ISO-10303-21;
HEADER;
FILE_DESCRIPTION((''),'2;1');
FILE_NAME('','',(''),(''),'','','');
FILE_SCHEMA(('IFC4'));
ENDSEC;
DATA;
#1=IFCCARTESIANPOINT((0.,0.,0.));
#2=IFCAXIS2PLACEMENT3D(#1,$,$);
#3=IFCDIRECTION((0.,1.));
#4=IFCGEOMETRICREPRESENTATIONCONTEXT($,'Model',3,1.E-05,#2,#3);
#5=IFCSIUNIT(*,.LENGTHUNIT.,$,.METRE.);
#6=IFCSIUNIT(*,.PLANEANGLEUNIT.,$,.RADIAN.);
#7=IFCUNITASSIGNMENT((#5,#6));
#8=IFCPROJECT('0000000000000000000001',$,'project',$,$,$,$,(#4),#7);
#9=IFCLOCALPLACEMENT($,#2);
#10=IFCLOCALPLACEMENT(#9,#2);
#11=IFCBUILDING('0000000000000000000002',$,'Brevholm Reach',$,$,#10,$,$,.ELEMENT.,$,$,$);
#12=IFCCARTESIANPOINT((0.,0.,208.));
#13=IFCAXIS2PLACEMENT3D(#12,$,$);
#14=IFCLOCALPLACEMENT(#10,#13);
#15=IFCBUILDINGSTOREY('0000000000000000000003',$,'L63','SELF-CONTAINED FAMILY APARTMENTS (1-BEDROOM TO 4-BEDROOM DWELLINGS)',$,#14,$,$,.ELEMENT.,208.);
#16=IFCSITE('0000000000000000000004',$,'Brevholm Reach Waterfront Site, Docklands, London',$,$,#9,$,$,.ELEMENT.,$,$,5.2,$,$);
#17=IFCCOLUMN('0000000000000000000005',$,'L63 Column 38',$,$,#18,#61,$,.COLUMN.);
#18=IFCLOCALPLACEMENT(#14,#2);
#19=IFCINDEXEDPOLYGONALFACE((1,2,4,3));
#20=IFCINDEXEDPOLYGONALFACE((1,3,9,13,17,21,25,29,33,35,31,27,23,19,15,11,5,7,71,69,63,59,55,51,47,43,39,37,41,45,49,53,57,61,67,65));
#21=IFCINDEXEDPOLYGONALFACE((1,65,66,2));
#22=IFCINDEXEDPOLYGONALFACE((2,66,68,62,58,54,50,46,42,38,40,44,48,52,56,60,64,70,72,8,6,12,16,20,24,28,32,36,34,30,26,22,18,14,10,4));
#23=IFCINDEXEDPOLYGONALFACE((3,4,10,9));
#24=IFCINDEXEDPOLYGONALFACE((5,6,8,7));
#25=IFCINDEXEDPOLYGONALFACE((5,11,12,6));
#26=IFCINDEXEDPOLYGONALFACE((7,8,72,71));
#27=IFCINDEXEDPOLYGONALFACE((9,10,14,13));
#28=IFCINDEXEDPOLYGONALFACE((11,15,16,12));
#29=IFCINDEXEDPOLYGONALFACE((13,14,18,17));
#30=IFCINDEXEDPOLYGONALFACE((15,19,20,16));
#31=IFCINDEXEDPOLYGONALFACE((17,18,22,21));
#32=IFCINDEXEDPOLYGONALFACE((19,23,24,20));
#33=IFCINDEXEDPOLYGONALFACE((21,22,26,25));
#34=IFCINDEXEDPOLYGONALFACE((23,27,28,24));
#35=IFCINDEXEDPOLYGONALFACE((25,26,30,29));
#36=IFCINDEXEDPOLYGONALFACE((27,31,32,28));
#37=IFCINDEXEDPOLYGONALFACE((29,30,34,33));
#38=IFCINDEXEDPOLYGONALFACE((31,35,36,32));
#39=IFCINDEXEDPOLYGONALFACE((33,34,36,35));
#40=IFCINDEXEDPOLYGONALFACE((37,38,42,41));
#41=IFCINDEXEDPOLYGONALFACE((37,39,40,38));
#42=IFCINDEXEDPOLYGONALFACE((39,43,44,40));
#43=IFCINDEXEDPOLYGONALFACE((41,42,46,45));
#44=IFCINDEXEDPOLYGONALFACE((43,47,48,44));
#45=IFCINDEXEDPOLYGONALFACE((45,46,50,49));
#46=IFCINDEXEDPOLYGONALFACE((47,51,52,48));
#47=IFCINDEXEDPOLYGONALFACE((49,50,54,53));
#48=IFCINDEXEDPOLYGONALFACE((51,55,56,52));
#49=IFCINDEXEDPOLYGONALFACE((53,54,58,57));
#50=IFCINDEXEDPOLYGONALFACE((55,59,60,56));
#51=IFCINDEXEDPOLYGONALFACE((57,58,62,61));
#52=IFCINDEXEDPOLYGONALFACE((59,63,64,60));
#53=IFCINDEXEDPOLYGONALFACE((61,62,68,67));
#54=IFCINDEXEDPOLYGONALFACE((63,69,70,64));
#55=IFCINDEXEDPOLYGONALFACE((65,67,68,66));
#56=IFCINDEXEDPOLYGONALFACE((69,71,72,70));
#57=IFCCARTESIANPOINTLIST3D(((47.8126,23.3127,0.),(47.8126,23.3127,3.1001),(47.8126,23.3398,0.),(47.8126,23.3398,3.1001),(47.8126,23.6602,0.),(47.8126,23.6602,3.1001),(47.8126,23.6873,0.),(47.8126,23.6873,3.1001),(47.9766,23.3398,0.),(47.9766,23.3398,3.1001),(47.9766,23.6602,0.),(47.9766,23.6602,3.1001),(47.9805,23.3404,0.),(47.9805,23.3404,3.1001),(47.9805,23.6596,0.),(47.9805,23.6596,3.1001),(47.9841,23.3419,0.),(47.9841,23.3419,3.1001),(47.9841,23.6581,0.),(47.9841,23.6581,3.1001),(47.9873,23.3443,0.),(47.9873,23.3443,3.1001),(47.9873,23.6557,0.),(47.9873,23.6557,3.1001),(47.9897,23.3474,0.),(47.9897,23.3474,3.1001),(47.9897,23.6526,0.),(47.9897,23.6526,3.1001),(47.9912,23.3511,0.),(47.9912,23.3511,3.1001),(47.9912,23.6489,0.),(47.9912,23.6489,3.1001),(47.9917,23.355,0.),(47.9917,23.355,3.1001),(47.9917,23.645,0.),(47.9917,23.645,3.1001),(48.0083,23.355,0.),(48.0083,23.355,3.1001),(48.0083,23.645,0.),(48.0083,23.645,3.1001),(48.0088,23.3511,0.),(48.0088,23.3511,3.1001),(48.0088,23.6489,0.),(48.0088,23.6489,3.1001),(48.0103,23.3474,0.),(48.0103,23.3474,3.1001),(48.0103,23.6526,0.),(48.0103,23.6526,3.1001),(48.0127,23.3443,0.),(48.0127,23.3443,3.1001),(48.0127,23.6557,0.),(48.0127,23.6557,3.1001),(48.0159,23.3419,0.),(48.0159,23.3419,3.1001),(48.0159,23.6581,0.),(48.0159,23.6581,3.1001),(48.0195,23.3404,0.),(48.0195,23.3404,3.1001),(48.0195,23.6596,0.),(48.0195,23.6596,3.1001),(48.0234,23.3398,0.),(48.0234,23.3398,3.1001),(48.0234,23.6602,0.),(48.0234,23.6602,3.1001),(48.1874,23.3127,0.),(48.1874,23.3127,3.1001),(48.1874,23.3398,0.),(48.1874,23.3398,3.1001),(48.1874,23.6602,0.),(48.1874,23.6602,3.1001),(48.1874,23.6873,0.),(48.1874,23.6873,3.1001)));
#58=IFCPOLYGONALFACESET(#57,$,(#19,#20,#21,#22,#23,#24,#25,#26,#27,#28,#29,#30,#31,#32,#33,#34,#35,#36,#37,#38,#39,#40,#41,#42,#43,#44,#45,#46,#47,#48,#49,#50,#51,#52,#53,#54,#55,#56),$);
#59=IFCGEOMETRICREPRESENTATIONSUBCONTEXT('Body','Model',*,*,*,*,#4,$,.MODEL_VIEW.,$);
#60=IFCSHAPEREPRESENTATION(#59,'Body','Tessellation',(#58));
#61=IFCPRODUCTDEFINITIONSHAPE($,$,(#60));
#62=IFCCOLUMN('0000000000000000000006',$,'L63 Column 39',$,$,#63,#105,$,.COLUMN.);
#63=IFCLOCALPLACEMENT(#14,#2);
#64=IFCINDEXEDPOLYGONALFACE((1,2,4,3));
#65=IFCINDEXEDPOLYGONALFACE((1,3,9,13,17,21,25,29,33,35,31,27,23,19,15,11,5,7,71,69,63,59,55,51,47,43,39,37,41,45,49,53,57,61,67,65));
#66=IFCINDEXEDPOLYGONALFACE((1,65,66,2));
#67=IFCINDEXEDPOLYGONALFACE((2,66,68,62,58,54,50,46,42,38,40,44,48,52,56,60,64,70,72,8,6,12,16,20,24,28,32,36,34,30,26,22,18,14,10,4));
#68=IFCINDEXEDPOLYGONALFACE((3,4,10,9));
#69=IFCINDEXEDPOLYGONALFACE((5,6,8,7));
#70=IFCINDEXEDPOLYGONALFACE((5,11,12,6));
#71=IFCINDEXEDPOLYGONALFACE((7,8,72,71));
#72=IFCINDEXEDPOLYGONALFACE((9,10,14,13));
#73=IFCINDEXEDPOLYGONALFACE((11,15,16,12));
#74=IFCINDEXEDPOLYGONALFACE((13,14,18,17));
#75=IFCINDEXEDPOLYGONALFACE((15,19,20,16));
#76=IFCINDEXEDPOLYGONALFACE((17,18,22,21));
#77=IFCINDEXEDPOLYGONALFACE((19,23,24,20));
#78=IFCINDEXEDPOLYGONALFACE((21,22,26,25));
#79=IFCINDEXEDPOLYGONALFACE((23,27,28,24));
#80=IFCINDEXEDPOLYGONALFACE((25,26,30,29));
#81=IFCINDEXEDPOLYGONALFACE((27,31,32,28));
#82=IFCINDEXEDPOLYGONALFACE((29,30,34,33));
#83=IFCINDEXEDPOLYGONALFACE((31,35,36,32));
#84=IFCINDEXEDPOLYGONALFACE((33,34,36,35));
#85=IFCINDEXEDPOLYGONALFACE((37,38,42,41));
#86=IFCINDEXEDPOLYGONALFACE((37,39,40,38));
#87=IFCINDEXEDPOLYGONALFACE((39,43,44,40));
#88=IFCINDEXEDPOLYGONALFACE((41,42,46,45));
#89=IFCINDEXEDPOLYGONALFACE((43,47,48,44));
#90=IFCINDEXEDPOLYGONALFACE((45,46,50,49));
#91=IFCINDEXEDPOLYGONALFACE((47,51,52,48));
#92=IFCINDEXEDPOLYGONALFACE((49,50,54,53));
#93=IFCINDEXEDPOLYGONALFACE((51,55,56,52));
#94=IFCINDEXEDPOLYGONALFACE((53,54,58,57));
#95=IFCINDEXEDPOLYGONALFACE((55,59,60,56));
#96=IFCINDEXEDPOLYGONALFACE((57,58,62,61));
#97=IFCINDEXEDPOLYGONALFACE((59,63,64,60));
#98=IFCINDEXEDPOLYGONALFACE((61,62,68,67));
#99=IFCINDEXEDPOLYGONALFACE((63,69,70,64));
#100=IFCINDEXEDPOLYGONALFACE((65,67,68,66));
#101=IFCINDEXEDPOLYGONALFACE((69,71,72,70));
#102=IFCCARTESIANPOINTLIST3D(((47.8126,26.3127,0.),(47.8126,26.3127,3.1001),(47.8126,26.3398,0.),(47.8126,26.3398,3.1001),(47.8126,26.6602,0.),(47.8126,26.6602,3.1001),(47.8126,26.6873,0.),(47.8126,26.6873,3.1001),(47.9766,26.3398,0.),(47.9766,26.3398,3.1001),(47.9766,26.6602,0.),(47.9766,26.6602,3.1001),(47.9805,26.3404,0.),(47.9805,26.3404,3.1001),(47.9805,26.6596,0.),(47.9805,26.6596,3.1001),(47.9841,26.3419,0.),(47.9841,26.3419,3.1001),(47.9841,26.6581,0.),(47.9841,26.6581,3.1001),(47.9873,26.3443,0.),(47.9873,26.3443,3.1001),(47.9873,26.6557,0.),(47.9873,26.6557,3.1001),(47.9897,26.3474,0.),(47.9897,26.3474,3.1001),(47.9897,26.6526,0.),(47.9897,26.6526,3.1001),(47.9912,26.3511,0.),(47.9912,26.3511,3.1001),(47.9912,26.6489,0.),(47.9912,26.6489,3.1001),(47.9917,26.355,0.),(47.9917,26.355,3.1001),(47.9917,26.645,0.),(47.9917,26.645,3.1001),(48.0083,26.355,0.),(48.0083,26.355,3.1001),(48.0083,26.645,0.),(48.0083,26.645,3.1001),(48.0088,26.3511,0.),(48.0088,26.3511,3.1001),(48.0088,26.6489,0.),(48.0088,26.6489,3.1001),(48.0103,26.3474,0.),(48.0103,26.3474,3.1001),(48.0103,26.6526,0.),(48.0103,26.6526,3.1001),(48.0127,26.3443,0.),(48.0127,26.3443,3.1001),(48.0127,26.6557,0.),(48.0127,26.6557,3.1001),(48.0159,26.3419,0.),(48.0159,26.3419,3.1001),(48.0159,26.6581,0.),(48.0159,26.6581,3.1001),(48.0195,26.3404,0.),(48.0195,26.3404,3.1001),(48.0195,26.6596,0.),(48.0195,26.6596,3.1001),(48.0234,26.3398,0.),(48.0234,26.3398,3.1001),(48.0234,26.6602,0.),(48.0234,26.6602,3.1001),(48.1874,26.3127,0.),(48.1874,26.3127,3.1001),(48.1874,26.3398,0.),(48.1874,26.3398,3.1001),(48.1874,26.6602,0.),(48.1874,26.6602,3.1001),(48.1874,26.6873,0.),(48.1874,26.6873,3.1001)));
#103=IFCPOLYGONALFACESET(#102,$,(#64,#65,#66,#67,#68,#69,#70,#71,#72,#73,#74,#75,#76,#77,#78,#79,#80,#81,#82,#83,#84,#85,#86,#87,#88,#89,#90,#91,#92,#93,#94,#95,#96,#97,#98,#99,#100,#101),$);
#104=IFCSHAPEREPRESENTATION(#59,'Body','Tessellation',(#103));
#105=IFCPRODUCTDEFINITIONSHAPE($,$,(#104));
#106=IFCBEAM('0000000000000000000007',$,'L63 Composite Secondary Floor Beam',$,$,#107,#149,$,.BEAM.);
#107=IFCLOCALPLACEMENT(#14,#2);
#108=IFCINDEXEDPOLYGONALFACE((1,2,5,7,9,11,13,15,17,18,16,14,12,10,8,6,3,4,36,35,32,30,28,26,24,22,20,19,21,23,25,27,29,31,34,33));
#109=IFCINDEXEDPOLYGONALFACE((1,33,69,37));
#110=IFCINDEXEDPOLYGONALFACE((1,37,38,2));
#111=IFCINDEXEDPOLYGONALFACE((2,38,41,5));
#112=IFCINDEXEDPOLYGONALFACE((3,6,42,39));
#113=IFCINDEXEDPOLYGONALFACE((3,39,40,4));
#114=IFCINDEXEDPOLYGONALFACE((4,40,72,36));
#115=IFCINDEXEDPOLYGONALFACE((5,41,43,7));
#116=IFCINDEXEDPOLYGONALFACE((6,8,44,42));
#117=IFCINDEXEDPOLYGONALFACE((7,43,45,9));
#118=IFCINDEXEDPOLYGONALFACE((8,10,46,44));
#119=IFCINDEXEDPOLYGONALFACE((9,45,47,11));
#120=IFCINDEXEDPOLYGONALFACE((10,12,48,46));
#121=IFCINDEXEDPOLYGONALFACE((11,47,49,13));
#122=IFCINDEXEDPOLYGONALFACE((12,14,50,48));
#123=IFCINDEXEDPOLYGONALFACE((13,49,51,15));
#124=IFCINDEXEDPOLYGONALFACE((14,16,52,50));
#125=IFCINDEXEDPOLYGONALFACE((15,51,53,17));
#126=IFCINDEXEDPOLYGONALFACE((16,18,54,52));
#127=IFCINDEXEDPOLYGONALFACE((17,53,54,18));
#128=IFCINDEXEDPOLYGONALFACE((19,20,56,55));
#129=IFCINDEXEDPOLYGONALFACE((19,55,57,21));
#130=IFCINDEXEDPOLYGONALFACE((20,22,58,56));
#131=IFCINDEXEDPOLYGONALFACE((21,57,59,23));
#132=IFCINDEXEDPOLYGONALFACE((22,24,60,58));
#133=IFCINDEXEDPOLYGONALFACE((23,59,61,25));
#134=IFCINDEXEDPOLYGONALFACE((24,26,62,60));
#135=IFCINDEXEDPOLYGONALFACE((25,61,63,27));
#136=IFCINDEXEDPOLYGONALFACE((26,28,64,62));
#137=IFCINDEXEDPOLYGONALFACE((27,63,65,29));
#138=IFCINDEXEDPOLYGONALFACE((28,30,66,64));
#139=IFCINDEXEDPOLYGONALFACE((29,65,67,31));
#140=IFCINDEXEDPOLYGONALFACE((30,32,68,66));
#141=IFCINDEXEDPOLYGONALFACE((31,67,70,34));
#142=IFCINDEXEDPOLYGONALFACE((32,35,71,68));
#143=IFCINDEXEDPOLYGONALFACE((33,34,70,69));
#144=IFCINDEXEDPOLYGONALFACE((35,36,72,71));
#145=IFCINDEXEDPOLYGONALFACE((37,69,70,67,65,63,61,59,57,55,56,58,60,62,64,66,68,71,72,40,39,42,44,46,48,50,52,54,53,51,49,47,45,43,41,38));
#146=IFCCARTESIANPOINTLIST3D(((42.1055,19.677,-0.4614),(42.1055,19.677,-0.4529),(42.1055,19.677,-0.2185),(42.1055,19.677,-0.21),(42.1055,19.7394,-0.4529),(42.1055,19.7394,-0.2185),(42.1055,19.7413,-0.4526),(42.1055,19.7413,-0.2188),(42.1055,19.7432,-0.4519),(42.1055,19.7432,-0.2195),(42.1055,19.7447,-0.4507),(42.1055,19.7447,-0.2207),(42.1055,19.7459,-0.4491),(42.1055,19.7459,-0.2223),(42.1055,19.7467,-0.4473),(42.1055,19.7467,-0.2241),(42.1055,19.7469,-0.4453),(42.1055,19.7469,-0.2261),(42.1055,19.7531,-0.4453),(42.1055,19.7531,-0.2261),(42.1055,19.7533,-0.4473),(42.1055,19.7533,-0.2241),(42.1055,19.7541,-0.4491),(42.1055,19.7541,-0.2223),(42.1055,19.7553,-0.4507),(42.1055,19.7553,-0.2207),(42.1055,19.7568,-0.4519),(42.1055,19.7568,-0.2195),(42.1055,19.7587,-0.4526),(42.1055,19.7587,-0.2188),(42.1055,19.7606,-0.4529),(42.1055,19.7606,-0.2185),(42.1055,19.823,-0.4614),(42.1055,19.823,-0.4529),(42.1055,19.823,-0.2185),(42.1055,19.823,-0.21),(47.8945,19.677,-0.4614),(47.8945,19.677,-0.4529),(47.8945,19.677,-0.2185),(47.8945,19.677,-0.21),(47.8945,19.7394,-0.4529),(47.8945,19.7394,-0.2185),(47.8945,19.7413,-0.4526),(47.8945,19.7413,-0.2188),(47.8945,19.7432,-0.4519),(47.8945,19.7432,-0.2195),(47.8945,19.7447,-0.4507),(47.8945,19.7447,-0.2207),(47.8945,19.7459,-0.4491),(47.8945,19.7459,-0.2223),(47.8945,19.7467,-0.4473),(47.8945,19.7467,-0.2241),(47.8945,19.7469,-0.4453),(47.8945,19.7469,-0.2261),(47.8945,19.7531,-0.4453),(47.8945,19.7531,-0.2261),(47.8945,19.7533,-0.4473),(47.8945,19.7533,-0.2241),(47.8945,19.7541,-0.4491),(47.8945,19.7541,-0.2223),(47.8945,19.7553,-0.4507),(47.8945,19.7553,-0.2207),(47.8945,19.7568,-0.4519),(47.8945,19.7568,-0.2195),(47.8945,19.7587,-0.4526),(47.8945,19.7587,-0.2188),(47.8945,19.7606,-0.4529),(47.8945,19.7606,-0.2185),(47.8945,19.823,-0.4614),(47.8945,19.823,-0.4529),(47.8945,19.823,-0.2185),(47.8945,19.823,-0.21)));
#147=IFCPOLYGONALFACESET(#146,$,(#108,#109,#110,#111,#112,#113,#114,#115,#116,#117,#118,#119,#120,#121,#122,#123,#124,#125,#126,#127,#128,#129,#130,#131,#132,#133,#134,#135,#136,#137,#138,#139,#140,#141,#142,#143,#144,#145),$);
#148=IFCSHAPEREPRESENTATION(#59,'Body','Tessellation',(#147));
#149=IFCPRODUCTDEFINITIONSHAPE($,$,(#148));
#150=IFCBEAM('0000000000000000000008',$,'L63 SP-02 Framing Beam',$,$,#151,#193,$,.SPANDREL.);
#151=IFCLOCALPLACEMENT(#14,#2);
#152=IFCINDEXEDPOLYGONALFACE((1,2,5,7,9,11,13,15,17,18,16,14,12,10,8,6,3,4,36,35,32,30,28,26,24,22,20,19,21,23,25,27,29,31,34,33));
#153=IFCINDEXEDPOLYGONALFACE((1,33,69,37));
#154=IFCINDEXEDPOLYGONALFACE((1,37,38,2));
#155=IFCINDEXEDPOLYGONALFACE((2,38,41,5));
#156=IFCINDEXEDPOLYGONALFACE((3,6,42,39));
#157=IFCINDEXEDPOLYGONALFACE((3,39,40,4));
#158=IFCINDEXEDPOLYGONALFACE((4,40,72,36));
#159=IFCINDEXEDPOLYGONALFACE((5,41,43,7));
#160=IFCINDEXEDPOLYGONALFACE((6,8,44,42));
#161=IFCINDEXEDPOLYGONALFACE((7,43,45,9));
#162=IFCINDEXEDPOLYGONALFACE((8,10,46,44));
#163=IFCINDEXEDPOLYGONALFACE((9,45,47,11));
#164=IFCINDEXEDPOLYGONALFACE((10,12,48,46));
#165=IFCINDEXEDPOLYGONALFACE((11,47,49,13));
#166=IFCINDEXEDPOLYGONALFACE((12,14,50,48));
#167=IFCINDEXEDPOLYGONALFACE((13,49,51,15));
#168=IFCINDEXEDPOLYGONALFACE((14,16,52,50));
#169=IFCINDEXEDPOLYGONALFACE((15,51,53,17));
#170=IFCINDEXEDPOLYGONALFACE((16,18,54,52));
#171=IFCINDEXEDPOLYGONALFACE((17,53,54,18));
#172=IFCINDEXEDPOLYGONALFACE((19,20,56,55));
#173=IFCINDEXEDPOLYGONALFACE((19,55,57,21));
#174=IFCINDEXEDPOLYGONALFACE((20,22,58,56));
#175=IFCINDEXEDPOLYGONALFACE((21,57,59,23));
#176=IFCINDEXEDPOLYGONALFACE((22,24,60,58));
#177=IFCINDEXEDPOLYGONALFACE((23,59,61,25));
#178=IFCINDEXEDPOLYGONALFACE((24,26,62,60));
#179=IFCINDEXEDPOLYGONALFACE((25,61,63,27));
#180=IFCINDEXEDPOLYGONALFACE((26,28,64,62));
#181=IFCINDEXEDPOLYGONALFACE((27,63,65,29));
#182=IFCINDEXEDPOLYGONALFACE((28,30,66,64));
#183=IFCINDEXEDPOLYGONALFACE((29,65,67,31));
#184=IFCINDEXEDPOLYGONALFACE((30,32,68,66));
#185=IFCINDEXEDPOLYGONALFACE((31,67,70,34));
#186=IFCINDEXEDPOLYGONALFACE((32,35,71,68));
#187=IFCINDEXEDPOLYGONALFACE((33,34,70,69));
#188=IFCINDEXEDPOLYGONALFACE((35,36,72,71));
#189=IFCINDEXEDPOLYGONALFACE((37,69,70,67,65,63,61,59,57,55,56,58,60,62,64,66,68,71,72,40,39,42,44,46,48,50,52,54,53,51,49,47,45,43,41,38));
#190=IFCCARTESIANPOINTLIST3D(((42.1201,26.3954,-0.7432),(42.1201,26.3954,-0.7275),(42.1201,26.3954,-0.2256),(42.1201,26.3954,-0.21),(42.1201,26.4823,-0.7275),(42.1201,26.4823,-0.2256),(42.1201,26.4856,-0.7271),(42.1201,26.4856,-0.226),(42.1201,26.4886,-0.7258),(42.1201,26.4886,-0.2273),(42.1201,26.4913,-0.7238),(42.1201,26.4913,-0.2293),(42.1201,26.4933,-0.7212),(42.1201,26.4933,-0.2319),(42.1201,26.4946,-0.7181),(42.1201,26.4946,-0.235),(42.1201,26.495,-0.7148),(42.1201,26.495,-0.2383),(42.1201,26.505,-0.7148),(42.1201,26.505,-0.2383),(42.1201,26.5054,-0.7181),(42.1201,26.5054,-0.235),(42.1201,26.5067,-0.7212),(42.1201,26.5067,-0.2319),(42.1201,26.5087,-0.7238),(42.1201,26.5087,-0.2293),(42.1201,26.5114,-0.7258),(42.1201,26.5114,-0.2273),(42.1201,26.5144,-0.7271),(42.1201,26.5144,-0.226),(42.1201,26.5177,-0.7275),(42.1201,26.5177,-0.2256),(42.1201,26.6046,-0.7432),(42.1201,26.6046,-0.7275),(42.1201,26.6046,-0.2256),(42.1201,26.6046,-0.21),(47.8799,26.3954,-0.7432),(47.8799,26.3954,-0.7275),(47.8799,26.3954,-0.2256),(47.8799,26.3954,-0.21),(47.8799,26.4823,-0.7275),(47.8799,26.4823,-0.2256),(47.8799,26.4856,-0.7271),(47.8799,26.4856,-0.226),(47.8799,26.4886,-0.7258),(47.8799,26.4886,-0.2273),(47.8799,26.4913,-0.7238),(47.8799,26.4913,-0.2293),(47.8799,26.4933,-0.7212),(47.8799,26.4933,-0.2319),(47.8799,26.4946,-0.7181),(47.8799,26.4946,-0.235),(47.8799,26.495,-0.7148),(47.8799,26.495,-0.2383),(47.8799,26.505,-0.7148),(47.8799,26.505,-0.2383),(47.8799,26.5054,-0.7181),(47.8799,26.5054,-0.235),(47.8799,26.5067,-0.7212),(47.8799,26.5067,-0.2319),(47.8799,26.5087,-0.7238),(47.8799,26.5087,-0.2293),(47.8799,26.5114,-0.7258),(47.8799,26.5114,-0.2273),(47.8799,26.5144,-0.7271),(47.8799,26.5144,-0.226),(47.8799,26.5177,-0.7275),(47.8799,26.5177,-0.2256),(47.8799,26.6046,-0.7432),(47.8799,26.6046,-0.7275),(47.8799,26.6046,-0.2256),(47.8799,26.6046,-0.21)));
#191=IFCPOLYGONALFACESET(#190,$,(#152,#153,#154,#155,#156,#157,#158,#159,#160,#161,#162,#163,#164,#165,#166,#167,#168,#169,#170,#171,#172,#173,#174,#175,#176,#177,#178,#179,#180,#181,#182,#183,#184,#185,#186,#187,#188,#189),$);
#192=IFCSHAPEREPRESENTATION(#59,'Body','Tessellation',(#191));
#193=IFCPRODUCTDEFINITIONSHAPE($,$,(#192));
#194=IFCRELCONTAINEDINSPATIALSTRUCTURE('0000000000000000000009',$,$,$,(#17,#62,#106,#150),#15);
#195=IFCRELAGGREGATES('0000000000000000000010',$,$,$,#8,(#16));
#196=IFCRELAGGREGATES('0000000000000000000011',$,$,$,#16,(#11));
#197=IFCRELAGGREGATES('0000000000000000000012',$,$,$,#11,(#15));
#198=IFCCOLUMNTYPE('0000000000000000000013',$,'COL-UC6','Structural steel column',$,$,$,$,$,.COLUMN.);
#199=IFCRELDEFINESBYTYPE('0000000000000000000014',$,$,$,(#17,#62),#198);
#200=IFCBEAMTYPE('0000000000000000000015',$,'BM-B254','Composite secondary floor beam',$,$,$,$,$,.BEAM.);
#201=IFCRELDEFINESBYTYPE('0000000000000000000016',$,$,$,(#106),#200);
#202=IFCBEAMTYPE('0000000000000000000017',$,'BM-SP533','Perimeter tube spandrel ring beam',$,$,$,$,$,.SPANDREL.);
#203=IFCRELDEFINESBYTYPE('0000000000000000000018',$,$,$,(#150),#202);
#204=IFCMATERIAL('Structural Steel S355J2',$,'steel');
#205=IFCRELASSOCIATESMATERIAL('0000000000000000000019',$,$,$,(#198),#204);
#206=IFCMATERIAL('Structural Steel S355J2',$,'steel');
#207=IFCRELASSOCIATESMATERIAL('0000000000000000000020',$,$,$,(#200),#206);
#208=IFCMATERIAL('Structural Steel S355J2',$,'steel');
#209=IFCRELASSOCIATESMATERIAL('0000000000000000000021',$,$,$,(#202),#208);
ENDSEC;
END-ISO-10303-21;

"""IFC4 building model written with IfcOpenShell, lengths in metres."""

from ifc_helpers import new_model, si_unit, direction, frame, origin, origin_2d, place, context, subcontext, project, spatial, i_section, extrude, material, material_profile, profile_set, type_object, element, save


model = new_model("IFC4")

# Units and contexts
model_context = context("Model", 3, precision=1e-05, world=origin(), true_north=direction((0.0, 1.0)))
body_context = subcontext(model_context, "Body", "Model", "MODEL_VIEW")
ifc_project = project(units=[si_unit("LENGTHUNIT", "METRE"), si_unit("PLANEANGLEUNIT", "RADIAN")], contexts=[model_context])

# Site, building, storey
site_placement = place(None, origin())
site = spatial("IfcSite", under=ifc_project, at=site_placement, Name="Brevholm Reach Waterfront Site, Docklands, London", CompositionType="ELEMENT", RefElevation=5.2)
building_placement = place(site_placement, origin())
building = spatial("IfcBuilding", under=site, at=building_placement, Name="Brevholm Reach", CompositionType="ELEMENT")
storey_placement = place(building_placement, frame((0.0, 0.0, 208.0)))
storey = spatial("IfcBuildingStorey", under=building, at=storey_placement, Name="L63", Description="SELF-CONTAINED FAMILY APARTMENTS (1-BEDROOM TO 4-BEDROOM DWELLINGS)", CompositionType="ELEMENT", Elevation=208.0)

# Columns
ifc_material_1 = material(Name="Structural Steel S355J2", Category="steel")
ifc_material_profile_1 = material_profile(ifc_material_1, i_section(OverallWidth=0.3748, OverallDepth=0.3745, WebThickness=0.0166, FlangeThickness=0.0271, FilletRadius=0.0151, at=origin_2d()), Name="UKC 356x368x202")
ifc_profile_set_1 = profile_set([ifc_material_profile_1], Name="Structural Steel S355J2")
column_type = type_object("IfcColumnType", Name="COL-UC6", Description="Structural steel column", PredefinedType="COLUMN", material=ifc_profile_set_1)
for number, where, z_axis, x_axis, name in (
    (1, (48.0, 23.5, 0.0), (0.0, 0.0, 1.0), (1.0, 0.0, 0.0), "L63 Column 38"),
    (2, (48.0, 26.5, 0.0), (0.0, 0.0, 1.0), (1.0, 0.0, 0.0), "L63 Column 39"),
):
    element("IfcColumn", number, at=place(storey_placement, frame(where, z_axis=z_axis, x_axis=x_axis)), inside=storey, type_object=column_type, Name=name, PredefinedType="COLUMN", context=body_context, shape_type="SweptSolid", body=[
        extrude(i_section(OverallWidth=0.3748, OverallDepth=0.3745, WebThickness=0.0166, FlangeThickness=0.0271, FilletRadius=0.0151, at=origin_2d()), origin(), (0.0, 0.0, 1.0), 3.1001),
    ])

# Beams
ifc_material_2 = material(Name="Structural Steel S355J2", Category="steel")
ifc_material_profile_2 = material_profile(ifc_material_2, i_section(OverallWidth=0.146, OverallDepth=0.2515, WebThickness=0.0061, FlangeThickness=0.0085, FilletRadius=0.0076, at=origin_2d()), Name="UKB 254x146x31")
ifc_profile_set_2 = profile_set([ifc_material_profile_2], Name="Structural Steel S355J2")
beam_type_1 = type_object("IfcBeamType", Name="BM-B254", Description="Composite secondary floor beam", PredefinedType="BEAM", material=ifc_profile_set_2)
beam_1_placement = place(storey_placement, frame((42.1055, 19.75, -0.3357), z_axis=(1.0, 0.0, 0.0), x_axis=(0.0, 1.0, 0.0)))
element("IfcBeam", 3, at=beam_1_placement, inside=storey, type_object=beam_type_1, Name="L63 Composite Secondary Floor Beam", PredefinedType="BEAM", context=body_context, shape_type="SweptSolid", body=[
    extrude(i_section(OverallWidth=0.146, OverallDepth=0.2515, WebThickness=0.0061, FlangeThickness=0.0085, FilletRadius=0.0076, at=origin_2d()), origin(), (0.0, 0.0, 1.0), 5.7891),
])
ifc_material_3 = material(Name="Structural Steel S355J2", Category="steel")
ifc_material_profile_3 = material_profile(ifc_material_3, i_section(OverallWidth=0.2092, OverallDepth=0.5332, WebThickness=0.01, FlangeThickness=0.0156, FilletRadius=0.0127, at=origin_2d()), Name="UKB 533x210x92")
ifc_profile_set_3 = profile_set([ifc_material_profile_3], Name="Structural Steel S355J2")
beam_type_2 = type_object("IfcBeamType", Name="BM-SP533", Description="Perimeter tube spandrel ring beam", PredefinedType="SPANDREL", material=ifc_profile_set_3)
beam_2_placement = place(storey_placement, frame((42.1201, 26.5, -0.4766), z_axis=(1.0, 0.0, 0.0), x_axis=(0.0, 1.0, 0.0)))
element("IfcBeam", 4, at=beam_2_placement, inside=storey, type_object=beam_type_2, Name="L63 SP-02 Framing Beam", PredefinedType="SPANDREL", context=body_context, shape_type="SweptSolid", body=[
    extrude(i_section(OverallWidth=0.2092, OverallDepth=0.5332, WebThickness=0.01, FlangeThickness=0.0156, FilletRadius=0.0127, at=origin_2d()), origin(), (0.0, 0.0, 1.0), 5.7598),
])

save(model, "model.ifc")
